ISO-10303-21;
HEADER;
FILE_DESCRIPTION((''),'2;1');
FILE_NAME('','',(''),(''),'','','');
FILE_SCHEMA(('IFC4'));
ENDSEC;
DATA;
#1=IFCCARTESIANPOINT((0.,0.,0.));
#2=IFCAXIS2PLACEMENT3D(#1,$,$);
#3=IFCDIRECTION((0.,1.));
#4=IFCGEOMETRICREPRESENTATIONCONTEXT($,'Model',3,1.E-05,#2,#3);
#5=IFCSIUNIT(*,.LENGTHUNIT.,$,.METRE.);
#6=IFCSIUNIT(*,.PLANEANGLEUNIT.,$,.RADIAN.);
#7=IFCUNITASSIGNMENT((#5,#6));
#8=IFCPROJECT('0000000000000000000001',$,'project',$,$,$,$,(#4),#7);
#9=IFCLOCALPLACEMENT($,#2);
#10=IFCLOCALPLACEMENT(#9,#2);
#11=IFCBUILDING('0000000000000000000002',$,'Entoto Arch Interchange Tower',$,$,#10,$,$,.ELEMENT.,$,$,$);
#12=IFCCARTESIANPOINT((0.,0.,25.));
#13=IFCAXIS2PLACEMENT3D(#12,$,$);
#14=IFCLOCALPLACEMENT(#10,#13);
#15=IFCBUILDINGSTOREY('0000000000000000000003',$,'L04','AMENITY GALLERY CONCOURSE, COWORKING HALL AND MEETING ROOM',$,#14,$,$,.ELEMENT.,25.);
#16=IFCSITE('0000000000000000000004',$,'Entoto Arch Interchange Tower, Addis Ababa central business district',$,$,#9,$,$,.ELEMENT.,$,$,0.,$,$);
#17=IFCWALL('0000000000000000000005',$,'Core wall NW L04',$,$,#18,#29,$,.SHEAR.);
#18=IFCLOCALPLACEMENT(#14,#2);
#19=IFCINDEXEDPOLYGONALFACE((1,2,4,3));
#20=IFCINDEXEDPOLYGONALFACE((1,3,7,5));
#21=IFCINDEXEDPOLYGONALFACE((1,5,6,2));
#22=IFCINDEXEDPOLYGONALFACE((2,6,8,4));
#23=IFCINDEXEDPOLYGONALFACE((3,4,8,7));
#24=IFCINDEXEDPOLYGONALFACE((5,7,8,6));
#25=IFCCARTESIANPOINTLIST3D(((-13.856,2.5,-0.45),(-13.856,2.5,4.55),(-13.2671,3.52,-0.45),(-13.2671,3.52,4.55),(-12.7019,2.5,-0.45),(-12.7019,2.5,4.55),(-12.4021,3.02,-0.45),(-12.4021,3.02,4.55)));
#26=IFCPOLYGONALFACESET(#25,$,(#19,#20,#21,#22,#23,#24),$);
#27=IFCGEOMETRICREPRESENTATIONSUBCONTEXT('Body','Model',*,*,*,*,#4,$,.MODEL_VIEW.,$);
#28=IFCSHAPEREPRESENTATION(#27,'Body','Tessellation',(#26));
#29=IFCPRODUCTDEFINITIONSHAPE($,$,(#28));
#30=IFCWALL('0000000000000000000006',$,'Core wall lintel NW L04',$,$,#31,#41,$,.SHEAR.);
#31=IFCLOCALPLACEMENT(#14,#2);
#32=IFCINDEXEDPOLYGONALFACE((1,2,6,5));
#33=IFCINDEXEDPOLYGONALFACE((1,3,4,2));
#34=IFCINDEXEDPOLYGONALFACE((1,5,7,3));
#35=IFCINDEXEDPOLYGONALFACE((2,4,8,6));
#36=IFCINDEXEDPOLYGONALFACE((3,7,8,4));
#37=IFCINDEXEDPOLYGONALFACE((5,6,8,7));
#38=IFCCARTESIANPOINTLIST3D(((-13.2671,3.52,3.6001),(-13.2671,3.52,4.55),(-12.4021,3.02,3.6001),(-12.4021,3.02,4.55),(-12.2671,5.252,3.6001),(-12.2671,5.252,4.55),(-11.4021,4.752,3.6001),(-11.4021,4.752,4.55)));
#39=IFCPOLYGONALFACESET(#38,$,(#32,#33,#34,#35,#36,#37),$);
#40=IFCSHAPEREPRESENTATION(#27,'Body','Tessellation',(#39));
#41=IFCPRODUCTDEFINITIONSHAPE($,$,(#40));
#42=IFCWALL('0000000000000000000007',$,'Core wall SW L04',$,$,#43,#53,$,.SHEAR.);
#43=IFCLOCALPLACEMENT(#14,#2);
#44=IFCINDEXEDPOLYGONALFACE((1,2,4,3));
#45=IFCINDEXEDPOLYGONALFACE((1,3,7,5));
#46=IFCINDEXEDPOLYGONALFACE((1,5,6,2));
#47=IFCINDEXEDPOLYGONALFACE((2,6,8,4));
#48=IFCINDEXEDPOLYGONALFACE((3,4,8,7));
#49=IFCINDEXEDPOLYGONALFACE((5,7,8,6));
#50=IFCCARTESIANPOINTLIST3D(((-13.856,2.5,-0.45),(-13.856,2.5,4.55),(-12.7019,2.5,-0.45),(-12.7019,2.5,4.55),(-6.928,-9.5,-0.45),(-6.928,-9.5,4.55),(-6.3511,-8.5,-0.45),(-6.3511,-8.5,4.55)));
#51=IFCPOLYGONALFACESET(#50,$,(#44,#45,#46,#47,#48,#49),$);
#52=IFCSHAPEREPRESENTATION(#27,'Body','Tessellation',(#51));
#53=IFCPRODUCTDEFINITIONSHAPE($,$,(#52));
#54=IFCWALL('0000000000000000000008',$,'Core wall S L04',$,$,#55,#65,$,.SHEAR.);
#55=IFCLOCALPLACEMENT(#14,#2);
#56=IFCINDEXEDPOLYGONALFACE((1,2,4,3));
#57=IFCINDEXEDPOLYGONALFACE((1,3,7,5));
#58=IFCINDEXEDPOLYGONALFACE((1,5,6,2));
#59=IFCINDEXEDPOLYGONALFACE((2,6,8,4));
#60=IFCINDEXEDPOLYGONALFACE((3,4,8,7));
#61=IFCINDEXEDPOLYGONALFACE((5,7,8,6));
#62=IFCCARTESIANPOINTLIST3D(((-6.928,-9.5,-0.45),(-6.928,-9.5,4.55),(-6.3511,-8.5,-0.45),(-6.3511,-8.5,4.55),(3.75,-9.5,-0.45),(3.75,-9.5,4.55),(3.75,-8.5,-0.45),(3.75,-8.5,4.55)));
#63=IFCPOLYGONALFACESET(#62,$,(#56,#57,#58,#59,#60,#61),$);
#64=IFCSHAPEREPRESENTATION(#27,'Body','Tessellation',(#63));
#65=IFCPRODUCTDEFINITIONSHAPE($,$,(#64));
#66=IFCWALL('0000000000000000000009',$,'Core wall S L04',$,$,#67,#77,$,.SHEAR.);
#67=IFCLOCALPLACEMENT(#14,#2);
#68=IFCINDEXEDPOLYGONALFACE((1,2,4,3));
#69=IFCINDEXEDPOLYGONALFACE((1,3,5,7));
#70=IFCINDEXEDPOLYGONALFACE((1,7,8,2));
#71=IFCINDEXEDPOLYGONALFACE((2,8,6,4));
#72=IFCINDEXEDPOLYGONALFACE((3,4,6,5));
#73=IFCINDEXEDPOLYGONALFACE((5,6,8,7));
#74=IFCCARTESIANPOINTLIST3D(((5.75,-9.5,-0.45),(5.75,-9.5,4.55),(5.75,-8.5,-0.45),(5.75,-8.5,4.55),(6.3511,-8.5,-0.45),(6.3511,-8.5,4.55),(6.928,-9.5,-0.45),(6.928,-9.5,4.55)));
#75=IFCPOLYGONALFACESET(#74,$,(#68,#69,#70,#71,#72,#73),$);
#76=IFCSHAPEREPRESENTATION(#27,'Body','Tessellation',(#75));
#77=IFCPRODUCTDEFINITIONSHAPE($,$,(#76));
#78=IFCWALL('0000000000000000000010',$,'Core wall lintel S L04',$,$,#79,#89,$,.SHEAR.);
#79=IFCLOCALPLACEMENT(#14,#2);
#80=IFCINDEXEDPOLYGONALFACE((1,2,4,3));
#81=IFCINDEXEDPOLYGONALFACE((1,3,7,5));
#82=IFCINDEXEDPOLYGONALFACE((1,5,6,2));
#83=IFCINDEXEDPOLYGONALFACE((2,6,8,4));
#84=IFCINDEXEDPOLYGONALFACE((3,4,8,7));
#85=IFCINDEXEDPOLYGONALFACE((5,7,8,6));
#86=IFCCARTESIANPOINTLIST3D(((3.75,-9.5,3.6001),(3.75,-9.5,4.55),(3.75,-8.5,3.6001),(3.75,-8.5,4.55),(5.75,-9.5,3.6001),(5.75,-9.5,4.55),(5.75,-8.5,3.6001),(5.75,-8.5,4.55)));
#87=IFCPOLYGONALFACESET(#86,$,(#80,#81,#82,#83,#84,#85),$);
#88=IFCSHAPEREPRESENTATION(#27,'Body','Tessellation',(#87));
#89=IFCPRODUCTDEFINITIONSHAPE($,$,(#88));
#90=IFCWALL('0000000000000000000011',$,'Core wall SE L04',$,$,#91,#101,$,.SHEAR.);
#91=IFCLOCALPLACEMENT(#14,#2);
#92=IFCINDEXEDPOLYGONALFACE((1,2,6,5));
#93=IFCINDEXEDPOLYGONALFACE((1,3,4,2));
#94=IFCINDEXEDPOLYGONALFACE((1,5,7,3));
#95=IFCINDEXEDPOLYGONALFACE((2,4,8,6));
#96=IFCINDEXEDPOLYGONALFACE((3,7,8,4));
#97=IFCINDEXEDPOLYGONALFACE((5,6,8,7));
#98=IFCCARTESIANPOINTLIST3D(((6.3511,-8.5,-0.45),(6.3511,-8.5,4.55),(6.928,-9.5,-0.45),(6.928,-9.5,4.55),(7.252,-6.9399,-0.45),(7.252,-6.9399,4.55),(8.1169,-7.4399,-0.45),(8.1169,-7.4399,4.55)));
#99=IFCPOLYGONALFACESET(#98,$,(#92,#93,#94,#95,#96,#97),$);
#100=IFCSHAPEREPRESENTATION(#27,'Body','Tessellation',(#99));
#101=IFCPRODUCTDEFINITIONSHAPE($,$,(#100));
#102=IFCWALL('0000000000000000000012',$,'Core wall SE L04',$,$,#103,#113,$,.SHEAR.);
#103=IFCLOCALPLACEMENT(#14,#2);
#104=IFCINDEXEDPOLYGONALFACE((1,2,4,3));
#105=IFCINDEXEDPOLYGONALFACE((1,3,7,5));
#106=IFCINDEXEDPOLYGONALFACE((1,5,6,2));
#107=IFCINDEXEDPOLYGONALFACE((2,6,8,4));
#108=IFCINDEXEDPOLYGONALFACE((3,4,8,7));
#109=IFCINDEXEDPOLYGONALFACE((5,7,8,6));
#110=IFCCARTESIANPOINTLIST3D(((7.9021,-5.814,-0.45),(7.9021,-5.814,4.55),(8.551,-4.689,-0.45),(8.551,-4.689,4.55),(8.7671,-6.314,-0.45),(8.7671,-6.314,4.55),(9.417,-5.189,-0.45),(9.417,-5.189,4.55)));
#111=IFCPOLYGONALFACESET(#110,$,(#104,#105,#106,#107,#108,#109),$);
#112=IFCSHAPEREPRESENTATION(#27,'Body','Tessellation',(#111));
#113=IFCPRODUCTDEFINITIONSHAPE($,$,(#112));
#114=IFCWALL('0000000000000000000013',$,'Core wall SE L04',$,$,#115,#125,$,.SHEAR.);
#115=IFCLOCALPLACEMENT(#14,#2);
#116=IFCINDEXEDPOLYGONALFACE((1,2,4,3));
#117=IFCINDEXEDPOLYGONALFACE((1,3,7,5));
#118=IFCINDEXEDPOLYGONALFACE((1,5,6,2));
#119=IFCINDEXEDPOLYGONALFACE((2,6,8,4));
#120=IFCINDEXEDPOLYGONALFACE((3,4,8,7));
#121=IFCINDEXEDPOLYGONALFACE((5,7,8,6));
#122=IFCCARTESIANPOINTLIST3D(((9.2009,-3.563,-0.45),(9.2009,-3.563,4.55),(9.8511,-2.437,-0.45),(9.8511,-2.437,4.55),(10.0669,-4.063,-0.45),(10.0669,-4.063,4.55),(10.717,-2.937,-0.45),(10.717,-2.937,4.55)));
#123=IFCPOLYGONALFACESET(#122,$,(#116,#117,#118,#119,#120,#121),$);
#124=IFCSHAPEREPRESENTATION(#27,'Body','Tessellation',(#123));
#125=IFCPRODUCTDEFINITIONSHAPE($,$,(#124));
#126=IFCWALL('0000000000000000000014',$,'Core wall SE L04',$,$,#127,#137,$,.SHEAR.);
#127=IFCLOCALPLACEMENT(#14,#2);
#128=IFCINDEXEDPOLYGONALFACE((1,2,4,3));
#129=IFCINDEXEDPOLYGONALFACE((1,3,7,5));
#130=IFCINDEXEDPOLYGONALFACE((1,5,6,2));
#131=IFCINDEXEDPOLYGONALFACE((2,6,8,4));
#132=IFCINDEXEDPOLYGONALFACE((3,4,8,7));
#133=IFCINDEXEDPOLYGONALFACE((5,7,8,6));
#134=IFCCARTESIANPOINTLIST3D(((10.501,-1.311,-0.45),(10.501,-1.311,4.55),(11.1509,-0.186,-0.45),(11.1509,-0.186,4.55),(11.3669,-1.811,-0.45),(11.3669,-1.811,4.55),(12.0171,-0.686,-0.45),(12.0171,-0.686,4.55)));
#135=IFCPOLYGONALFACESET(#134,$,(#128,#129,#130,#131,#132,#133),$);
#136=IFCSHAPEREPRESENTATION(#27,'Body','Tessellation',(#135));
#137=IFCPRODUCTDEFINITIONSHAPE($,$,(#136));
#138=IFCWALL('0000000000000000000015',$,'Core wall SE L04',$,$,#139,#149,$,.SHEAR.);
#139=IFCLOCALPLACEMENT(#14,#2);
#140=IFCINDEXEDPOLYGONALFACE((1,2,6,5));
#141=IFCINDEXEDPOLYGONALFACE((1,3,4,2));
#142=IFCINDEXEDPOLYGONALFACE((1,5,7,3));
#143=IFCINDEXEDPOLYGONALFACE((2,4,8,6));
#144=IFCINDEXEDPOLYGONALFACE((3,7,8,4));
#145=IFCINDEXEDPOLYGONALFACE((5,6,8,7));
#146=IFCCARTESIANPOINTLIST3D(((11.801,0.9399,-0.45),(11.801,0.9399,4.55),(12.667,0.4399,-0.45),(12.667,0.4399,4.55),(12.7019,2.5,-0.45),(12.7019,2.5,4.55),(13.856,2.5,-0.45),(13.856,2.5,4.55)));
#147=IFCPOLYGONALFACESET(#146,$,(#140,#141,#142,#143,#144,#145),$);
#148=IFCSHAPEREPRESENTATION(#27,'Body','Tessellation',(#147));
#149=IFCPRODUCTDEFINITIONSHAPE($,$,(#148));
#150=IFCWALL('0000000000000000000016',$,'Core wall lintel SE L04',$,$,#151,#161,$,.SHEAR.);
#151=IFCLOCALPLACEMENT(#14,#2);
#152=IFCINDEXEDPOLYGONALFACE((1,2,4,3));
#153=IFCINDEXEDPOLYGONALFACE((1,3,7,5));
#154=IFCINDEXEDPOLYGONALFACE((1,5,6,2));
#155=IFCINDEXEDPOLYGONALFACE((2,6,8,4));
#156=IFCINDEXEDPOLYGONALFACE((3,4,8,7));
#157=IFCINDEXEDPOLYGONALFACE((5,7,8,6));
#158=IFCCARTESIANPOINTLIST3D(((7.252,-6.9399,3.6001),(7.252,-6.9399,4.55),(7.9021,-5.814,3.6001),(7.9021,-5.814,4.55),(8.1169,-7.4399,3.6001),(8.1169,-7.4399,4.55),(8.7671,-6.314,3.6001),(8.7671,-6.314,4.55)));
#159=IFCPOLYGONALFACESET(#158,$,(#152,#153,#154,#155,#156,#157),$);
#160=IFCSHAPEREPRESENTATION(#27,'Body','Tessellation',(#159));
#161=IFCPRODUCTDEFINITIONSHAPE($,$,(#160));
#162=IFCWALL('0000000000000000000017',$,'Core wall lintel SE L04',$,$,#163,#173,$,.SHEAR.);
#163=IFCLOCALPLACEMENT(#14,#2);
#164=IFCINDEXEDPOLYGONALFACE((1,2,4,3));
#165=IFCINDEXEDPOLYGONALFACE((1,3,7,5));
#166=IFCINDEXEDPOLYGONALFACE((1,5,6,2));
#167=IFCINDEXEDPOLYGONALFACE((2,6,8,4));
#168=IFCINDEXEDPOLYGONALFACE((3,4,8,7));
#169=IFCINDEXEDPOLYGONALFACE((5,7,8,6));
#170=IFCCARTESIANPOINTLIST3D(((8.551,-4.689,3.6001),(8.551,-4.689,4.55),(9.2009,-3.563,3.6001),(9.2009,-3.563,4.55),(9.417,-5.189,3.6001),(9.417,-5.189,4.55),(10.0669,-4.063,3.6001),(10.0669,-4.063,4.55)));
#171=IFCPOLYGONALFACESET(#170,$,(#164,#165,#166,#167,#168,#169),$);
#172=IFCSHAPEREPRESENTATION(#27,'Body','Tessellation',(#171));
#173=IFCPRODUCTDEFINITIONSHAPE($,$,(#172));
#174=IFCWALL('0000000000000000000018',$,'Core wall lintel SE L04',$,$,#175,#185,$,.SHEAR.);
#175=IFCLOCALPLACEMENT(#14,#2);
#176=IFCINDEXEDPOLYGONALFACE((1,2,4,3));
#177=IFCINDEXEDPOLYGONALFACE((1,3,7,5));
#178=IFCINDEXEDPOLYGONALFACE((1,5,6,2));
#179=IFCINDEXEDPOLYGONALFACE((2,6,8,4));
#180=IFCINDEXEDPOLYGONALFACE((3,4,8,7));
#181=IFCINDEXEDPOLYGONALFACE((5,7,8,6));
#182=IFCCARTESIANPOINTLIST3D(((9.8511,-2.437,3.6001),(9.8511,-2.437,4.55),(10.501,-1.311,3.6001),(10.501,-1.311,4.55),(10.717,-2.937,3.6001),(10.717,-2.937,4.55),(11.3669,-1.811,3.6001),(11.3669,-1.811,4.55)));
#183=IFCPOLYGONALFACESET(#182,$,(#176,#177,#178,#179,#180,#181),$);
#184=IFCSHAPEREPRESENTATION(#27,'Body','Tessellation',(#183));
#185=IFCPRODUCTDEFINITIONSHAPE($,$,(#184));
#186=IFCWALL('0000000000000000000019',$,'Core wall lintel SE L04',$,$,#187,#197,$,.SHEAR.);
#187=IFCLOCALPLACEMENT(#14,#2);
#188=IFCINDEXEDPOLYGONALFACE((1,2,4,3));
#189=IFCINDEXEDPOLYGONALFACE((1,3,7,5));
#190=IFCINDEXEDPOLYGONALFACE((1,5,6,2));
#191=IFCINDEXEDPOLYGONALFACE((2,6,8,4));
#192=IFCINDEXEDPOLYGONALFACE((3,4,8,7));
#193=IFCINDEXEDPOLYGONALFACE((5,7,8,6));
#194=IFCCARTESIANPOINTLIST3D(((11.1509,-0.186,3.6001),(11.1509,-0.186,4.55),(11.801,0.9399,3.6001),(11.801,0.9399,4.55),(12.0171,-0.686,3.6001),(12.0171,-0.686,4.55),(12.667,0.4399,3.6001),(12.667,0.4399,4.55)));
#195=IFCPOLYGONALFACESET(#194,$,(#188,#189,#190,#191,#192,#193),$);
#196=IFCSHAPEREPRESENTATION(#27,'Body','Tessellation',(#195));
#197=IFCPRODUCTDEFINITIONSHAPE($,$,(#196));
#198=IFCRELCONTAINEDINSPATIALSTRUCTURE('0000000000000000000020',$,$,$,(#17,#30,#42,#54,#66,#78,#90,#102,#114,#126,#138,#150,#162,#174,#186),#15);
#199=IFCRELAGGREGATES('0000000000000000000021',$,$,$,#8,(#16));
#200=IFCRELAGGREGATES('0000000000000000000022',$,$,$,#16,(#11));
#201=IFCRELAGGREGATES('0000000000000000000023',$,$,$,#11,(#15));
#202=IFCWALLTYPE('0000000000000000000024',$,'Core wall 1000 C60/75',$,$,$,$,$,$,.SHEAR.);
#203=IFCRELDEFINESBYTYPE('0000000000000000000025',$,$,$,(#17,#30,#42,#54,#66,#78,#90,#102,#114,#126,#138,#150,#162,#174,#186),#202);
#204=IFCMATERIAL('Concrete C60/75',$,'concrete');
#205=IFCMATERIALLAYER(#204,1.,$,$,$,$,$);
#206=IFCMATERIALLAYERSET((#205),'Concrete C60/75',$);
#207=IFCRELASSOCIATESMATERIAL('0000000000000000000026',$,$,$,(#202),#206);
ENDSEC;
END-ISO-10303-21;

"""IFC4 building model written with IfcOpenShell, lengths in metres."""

from ifc_helpers import new_model, si_unit, direction, frame, origin, place, context, subcontext, project, spatial, polyline, outline, extrude, material, layer, layer_set, type_object, element, save


model = new_model("IFC4")

# Units and contexts
model_context = context("Model", 3, precision=1e-05, world=origin(), true_north=direction((0.0, 1.0)))
body_context = subcontext(model_context, "Body", "Model", "MODEL_VIEW")
ifc_project = project(units=[si_unit("LENGTHUNIT", "METRE"), si_unit("PLANEANGLEUNIT", "RADIAN")], contexts=[model_context])

# Site, building, storey
site_placement = place(None, origin())
site = spatial("IfcSite", under=ifc_project, at=site_placement, Name="Entoto Arch Interchange Tower, Addis Ababa central business district", CompositionType="ELEMENT", RefElevation=0.0)
building_placement = place(site_placement, origin())
building = spatial("IfcBuilding", under=site, at=building_placement, Name="Entoto Arch Interchange Tower", CompositionType="ELEMENT")
storey_placement = place(building_placement, frame((0.0, 0.0, 25.0)))
storey = spatial("IfcBuildingStorey", under=building, at=storey_placement, Name="L04", Description="AMENITY GALLERY CONCOURSE, COWORKING HALL AND MEETING ROOM", CompositionType="ELEMENT", Elevation=25.0)

# Walls
ifc_material_1 = material(Name="Concrete C60/75", Category="concrete")
ifc_layer_1 = layer(ifc_material_1, 1.0)
ifc_layer_set_1 = layer_set([ifc_layer_1], Name="Concrete C60/75")
wall_type_1 = type_object("IfcWallType", Name="Core wall 1000 C60/75", PredefinedType="SHEAR", material=ifc_layer_set_1)
wall_1_placement = place(storey_placement, frame((0.0, 0.0, -0.45)))
element("IfcWall", 1, at=wall_1_placement, inside=storey, type_object=wall_type_1, Name="Core wall NW L04", PredefinedType="SHEAR", context=body_context, shape_type="SweptSolid", body=[
    extrude(outline(polyline([(-12.4021, 3.02), (-13.2671, 3.52), (-13.856, 2.5), (-12.7019, 2.5), (-12.4021, 3.02)])), origin(), (0.0, 0.0, 1.0), 5.0),
])
wall_2_placement = place(storey_placement, frame((0.0, 0.0, 3.6001)))
element("IfcWall", 2, at=wall_2_placement, inside=storey, type_object=wall_type_1, Name="Core wall lintel NW L04", PredefinedType="SHEAR", context=body_context, shape_type="SweptSolid", body=[
    extrude(outline(polyline([(-13.2671, 3.52), (-12.4021, 3.02), (-11.4021, 4.752), (-12.2671, 5.252), (-13.2671, 3.52)])), origin(), (0.0, 0.0, 1.0), 0.95),
])
wall_3_placement = place(storey_placement, frame((0.0, 0.0, -0.45)))
element("IfcWall", 3, at=wall_3_placement, inside=storey, type_object=wall_type_1, Name="Core wall SW L04", PredefinedType="SHEAR", context=body_context, shape_type="SweptSolid", body=[
    extrude(outline(polyline([(-13.856, 2.5), (-6.928, -9.5), (-6.3511, -8.5), (-12.7019, 2.5), (-13.856, 2.5)])), origin(), (0.0, 0.0, 1.0), 5.0),
])
wall_4_placement = place(storey_placement, frame((0.0, 0.0, -0.45)))
element("IfcWall", 4, at=wall_4_placement, inside=storey, type_object=wall_type_1, Name="Core wall S L04", PredefinedType="SHEAR", context=body_context, shape_type="SweptSolid", body=[
    extrude(outline(polyline([(3.75, -9.5), (3.75, -8.5), (-6.3511, -8.5), (-6.928, -9.5), (3.75, -9.5)])), origin(), (0.0, 0.0, 1.0), 5.0),
])
wall_5_placement = place(storey_placement, frame((0.0, 0.0, -0.45)))
element("IfcWall", 5, at=wall_5_placement, inside=storey, type_object=wall_type_1, Name="Core wall S L04", PredefinedType="SHEAR", context=body_context, shape_type="SweptSolid", body=[
    extrude(outline(polyline([(5.75, -8.5), (5.75, -9.5), (6.928, -9.5), (6.3511, -8.5), (5.75, -8.5)])), origin(), (0.0, 0.0, 1.0), 5.0),
])
wall_6_placement = place(storey_placement, frame((0.0, 0.0, 3.6001)))
element("IfcWall", 6, at=wall_6_placement, inside=storey, type_object=wall_type_1, Name="Core wall lintel S L04", PredefinedType="SHEAR", context=body_context, shape_type="SweptSolid", body=[
    extrude(outline(polyline([(5.75, -9.5), (5.75, -8.5), (3.75, -8.5), (3.75, -9.5), (5.75, -9.5)])), origin(), (0.0, 0.0, 1.0), 0.95),
])
wall_7_placement = place(storey_placement, frame((0.0, 0.0, -0.45)))
element("IfcWall", 7, at=wall_7_placement, inside=storey, type_object=wall_type_1, Name="Core wall SE L04", PredefinedType="SHEAR", context=body_context, shape_type="SweptSolid", body=[
    extrude(outline(polyline([(8.1169, -7.4399), (7.252, -6.9399), (6.3511, -8.5), (6.928, -9.5), (8.1169, -7.4399)])), origin(), (0.0, 0.0, 1.0), 5.0),
])
wall_8_placement = place(storey_placement, frame((0.0, 0.0, -0.45)))
element("IfcWall", 8, at=wall_8_placement, inside=storey, type_object=wall_type_1, Name="Core wall SE L04", PredefinedType="SHEAR", context=body_context, shape_type="SweptSolid", body=[
    extrude(outline(polyline([(9.417, -5.189), (8.551, -4.689), (7.9021, -5.814), (8.7671, -6.314), (9.417, -5.189)])), origin(), (0.0, 0.0, 1.0), 5.0),
])
wall_9_placement = place(storey_placement, frame((0.0, 0.0, -0.45)))
element("IfcWall", 9, at=wall_9_placement, inside=storey, type_object=wall_type_1, Name="Core wall SE L04", PredefinedType="SHEAR", context=body_context, shape_type="SweptSolid", body=[
    extrude(outline(polyline([(10.717, -2.937), (9.8511, -2.437), (9.2009, -3.563), (10.0669, -4.063), (10.717, -2.937)])), origin(), (0.0, 0.0, 1.0), 5.0),
])
wall_10_placement = place(storey_placement, frame((0.0, 0.0, -0.45)))
element("IfcWall", 10, at=wall_10_placement, inside=storey, type_object=wall_type_1, Name="Core wall SE L04", PredefinedType="SHEAR", context=body_context, shape_type="SweptSolid", body=[
    extrude(outline(polyline([(12.0171, -0.686), (11.1509, -0.186), (10.501, -1.311), (11.3669, -1.811), (12.0171, -0.686)])), origin(), (0.0, 0.0, 1.0), 5.0),
])
wall_11_placement = place(storey_placement, frame((0.0, 0.0, -0.45)))
element("IfcWall", 11, at=wall_11_placement, inside=storey, type_object=wall_type_1, Name="Core wall SE L04", PredefinedType="SHEAR", context=body_context, shape_type="SweptSolid", body=[
    extrude(outline(polyline([(11.801, 0.9399), (12.667, 0.4399), (13.856, 2.5), (12.7019, 2.5), (11.801, 0.9399)])), origin(), (0.0, 0.0, 1.0), 5.0),
])
wall_12_placement = place(storey_placement, frame((0.0, 0.0, 3.6001)))
element("IfcWall", 12, at=wall_12_placement, inside=storey, type_object=wall_type_1, Name="Core wall lintel SE L04", PredefinedType="SHEAR", context=body_context, shape_type="SweptSolid", body=[
    extrude(outline(polyline([(8.7671, -6.314), (7.9021, -5.814), (7.252, -6.9399), (8.1169, -7.4399), (8.7671, -6.314)])), origin(), (0.0, 0.0, 1.0), 0.95),
])
wall_13_placement = place(storey_placement, frame((0.0, 0.0, 3.6001)))
element("IfcWall", 13, at=wall_13_placement, inside=storey, type_object=wall_type_1, Name="Core wall lintel SE L04", PredefinedType="SHEAR", context=body_context, shape_type="SweptSolid", body=[
    extrude(outline(polyline([(10.0669, -4.063), (9.2009, -3.563), (8.551, -4.689), (9.417, -5.189), (10.0669, -4.063)])), origin(), (0.0, 0.0, 1.0), 0.95),
])
wall_14_placement = place(storey_placement, frame((0.0, 0.0, 3.6001)))
element("IfcWall", 14, at=wall_14_placement, inside=storey, type_object=wall_type_1, Name="Core wall lintel SE L04", PredefinedType="SHEAR", context=body_context, shape_type="SweptSolid", body=[
    extrude(outline(polyline([(11.3669, -1.811), (10.501, -1.311), (9.8511, -2.437), (10.717, -2.937), (11.3669, -1.811)])), origin(), (0.0, 0.0, 1.0), 0.95),
])
wall_15_placement = place(storey_placement, frame((0.0, 0.0, 3.6001)))
element("IfcWall", 15, at=wall_15_placement, inside=storey, type_object=wall_type_1, Name="Core wall lintel SE L04", PredefinedType="SHEAR", context=body_context, shape_type="SweptSolid", body=[
    extrude(outline(polyline([(12.667, 0.4399), (11.801, 0.9399), (11.1509, -0.186), (12.0171, -0.686), (12.667, 0.4399)])), origin(), (0.0, 0.0, 1.0), 0.95),
])

save(model, "model.ifc")
